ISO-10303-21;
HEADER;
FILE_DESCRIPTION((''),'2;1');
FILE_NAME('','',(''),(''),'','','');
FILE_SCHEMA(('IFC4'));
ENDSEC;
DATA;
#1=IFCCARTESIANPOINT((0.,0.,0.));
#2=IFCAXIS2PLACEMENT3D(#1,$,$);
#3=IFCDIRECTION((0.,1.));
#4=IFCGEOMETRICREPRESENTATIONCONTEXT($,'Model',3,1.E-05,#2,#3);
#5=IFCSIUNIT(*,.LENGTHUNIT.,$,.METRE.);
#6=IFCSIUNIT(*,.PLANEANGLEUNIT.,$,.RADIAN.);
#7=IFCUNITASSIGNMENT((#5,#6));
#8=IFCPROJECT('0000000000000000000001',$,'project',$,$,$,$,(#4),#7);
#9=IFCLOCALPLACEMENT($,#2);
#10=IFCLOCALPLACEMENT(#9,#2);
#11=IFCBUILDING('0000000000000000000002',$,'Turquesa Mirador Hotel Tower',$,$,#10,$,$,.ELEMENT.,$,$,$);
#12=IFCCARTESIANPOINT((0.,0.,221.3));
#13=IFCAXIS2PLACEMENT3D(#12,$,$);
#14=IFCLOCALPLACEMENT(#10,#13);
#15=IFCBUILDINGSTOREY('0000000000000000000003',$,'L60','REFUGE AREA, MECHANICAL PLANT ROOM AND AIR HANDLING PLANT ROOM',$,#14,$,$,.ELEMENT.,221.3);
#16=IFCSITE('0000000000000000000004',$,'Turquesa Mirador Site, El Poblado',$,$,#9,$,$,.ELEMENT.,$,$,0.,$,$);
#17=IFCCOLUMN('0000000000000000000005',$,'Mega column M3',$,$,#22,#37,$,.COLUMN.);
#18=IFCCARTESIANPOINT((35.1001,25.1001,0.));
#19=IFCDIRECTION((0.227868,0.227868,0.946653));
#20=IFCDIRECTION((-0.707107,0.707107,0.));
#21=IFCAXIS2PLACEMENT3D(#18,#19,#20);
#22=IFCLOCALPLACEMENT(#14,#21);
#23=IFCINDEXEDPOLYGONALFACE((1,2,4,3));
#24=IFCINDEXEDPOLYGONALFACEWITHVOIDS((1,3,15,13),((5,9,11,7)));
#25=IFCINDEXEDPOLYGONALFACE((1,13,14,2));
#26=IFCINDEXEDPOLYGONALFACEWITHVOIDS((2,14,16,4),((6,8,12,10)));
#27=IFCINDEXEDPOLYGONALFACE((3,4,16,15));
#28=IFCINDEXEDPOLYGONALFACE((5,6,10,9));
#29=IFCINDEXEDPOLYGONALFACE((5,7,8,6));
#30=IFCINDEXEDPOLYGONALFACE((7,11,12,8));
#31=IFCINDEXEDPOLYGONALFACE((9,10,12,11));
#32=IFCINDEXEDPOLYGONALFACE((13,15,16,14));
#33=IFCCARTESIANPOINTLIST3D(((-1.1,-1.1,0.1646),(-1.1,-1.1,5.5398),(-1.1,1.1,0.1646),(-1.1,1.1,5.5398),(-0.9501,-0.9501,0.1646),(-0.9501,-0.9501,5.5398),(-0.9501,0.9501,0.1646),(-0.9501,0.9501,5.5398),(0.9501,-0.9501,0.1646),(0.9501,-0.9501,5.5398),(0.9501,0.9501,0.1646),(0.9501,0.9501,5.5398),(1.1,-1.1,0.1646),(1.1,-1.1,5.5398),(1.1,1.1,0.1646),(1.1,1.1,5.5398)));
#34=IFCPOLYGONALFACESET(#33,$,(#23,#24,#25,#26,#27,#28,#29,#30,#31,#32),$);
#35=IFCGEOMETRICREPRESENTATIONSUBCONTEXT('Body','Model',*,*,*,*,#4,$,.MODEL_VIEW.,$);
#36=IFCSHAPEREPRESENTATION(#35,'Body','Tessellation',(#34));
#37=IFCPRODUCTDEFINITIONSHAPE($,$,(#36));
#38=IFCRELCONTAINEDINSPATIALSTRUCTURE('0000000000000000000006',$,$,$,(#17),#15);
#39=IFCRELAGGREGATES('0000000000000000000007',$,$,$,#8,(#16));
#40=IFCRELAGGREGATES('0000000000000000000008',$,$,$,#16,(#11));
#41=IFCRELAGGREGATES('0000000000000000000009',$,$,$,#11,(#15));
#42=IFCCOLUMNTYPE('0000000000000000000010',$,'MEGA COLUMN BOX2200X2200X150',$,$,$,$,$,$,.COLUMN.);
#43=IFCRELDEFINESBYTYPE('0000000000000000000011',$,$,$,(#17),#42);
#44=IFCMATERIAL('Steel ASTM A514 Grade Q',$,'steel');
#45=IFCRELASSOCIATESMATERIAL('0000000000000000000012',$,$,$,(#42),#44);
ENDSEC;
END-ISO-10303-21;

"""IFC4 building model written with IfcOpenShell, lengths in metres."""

from ifc_helpers import new_model, si_unit, direction, frame, origin, origin_2d, place, context, subcontext, project, spatial, hollow_rectangle, extrude, clip, halfspace, material, material_profile, profile_set, type_object, element, save


model = new_model("IFC4")

# Units and contexts
model_context = context("Model", 3, precision=1e-05, world=origin(), true_north=direction((0.0, 1.0)))
body_context = subcontext(model_context, "Body", "Model", "MODEL_VIEW")
ifc_project = project(units=[si_unit("LENGTHUNIT", "METRE"), si_unit("PLANEANGLEUNIT", "RADIAN")], contexts=[model_context])

# Site, building, storey
site_placement = place(None, origin())
site = spatial("IfcSite", under=ifc_project, at=site_placement, Name="Turquesa Mirador Site, El Poblado", CompositionType="ELEMENT", RefElevation=0.0)
building_placement = place(site_placement, origin())
building = spatial("IfcBuilding", under=site, at=building_placement, Name="Turquesa Mirador Hotel Tower", CompositionType="ELEMENT")
storey_placement = place(building_placement, frame((0.0, 0.0, 221.3)))
storey = spatial("IfcBuildingStorey", under=building, at=storey_placement, Name="L60", Description="REFUGE AREA, MECHANICAL PLANT ROOM AND AIR HANDLING PLANT ROOM", CompositionType="ELEMENT", Elevation=221.3)

# Column
ifc_material_1 = material(Name="Steel ASTM A514 Grade Q", Category="steel")
ifc_material_profile_1 = material_profile(ifc_material_1, hollow_rectangle(XDim=2.2, YDim=2.2, WallThickness=0.1499, at=origin_2d()), Name="BOX2200X2200X150")
ifc_profile_set_1 = profile_set([ifc_material_profile_1], Name="Steel ASTM A514 Grade Q")
column_type = type_object("IfcColumnType", Name="MEGA COLUMN BOX2200X2200X150", PredefinedType="COLUMN", material=ifc_profile_set_1)
column_placement = place(storey_placement, frame((35.1001, 25.1001, 0.0), z_axis=(0.227868, 0.227868, 0.946653), x_axis=(-0.707107, 0.707107, 0.0)))
element("IfcColumn", 1, at=column_placement, inside=storey, type_object=column_type, Name="Mega column M3", PredefinedType="COLUMN", context=body_context, shape_type="Clipping", body=[
    clip(clip(extrude(hollow_rectangle(XDim=2.2, YDim=2.2, WallThickness=0.1499, at=origin_2d()), origin(), (0.0, 0.0, 1.0), 5.7041), halfspace(frame((0.0, 0.0, 0.1646), z_axis=(0.0, 0.0, -1.0), x_axis=(1.0, 0.0, 0.0)), False)), halfspace(frame((0.0, 0.0, 5.5398), z_axis=(0.0, 0.0, 1.0), x_axis=(1.0, 0.0, 0.0)), False)),
])

save(model, "model.ifc")
